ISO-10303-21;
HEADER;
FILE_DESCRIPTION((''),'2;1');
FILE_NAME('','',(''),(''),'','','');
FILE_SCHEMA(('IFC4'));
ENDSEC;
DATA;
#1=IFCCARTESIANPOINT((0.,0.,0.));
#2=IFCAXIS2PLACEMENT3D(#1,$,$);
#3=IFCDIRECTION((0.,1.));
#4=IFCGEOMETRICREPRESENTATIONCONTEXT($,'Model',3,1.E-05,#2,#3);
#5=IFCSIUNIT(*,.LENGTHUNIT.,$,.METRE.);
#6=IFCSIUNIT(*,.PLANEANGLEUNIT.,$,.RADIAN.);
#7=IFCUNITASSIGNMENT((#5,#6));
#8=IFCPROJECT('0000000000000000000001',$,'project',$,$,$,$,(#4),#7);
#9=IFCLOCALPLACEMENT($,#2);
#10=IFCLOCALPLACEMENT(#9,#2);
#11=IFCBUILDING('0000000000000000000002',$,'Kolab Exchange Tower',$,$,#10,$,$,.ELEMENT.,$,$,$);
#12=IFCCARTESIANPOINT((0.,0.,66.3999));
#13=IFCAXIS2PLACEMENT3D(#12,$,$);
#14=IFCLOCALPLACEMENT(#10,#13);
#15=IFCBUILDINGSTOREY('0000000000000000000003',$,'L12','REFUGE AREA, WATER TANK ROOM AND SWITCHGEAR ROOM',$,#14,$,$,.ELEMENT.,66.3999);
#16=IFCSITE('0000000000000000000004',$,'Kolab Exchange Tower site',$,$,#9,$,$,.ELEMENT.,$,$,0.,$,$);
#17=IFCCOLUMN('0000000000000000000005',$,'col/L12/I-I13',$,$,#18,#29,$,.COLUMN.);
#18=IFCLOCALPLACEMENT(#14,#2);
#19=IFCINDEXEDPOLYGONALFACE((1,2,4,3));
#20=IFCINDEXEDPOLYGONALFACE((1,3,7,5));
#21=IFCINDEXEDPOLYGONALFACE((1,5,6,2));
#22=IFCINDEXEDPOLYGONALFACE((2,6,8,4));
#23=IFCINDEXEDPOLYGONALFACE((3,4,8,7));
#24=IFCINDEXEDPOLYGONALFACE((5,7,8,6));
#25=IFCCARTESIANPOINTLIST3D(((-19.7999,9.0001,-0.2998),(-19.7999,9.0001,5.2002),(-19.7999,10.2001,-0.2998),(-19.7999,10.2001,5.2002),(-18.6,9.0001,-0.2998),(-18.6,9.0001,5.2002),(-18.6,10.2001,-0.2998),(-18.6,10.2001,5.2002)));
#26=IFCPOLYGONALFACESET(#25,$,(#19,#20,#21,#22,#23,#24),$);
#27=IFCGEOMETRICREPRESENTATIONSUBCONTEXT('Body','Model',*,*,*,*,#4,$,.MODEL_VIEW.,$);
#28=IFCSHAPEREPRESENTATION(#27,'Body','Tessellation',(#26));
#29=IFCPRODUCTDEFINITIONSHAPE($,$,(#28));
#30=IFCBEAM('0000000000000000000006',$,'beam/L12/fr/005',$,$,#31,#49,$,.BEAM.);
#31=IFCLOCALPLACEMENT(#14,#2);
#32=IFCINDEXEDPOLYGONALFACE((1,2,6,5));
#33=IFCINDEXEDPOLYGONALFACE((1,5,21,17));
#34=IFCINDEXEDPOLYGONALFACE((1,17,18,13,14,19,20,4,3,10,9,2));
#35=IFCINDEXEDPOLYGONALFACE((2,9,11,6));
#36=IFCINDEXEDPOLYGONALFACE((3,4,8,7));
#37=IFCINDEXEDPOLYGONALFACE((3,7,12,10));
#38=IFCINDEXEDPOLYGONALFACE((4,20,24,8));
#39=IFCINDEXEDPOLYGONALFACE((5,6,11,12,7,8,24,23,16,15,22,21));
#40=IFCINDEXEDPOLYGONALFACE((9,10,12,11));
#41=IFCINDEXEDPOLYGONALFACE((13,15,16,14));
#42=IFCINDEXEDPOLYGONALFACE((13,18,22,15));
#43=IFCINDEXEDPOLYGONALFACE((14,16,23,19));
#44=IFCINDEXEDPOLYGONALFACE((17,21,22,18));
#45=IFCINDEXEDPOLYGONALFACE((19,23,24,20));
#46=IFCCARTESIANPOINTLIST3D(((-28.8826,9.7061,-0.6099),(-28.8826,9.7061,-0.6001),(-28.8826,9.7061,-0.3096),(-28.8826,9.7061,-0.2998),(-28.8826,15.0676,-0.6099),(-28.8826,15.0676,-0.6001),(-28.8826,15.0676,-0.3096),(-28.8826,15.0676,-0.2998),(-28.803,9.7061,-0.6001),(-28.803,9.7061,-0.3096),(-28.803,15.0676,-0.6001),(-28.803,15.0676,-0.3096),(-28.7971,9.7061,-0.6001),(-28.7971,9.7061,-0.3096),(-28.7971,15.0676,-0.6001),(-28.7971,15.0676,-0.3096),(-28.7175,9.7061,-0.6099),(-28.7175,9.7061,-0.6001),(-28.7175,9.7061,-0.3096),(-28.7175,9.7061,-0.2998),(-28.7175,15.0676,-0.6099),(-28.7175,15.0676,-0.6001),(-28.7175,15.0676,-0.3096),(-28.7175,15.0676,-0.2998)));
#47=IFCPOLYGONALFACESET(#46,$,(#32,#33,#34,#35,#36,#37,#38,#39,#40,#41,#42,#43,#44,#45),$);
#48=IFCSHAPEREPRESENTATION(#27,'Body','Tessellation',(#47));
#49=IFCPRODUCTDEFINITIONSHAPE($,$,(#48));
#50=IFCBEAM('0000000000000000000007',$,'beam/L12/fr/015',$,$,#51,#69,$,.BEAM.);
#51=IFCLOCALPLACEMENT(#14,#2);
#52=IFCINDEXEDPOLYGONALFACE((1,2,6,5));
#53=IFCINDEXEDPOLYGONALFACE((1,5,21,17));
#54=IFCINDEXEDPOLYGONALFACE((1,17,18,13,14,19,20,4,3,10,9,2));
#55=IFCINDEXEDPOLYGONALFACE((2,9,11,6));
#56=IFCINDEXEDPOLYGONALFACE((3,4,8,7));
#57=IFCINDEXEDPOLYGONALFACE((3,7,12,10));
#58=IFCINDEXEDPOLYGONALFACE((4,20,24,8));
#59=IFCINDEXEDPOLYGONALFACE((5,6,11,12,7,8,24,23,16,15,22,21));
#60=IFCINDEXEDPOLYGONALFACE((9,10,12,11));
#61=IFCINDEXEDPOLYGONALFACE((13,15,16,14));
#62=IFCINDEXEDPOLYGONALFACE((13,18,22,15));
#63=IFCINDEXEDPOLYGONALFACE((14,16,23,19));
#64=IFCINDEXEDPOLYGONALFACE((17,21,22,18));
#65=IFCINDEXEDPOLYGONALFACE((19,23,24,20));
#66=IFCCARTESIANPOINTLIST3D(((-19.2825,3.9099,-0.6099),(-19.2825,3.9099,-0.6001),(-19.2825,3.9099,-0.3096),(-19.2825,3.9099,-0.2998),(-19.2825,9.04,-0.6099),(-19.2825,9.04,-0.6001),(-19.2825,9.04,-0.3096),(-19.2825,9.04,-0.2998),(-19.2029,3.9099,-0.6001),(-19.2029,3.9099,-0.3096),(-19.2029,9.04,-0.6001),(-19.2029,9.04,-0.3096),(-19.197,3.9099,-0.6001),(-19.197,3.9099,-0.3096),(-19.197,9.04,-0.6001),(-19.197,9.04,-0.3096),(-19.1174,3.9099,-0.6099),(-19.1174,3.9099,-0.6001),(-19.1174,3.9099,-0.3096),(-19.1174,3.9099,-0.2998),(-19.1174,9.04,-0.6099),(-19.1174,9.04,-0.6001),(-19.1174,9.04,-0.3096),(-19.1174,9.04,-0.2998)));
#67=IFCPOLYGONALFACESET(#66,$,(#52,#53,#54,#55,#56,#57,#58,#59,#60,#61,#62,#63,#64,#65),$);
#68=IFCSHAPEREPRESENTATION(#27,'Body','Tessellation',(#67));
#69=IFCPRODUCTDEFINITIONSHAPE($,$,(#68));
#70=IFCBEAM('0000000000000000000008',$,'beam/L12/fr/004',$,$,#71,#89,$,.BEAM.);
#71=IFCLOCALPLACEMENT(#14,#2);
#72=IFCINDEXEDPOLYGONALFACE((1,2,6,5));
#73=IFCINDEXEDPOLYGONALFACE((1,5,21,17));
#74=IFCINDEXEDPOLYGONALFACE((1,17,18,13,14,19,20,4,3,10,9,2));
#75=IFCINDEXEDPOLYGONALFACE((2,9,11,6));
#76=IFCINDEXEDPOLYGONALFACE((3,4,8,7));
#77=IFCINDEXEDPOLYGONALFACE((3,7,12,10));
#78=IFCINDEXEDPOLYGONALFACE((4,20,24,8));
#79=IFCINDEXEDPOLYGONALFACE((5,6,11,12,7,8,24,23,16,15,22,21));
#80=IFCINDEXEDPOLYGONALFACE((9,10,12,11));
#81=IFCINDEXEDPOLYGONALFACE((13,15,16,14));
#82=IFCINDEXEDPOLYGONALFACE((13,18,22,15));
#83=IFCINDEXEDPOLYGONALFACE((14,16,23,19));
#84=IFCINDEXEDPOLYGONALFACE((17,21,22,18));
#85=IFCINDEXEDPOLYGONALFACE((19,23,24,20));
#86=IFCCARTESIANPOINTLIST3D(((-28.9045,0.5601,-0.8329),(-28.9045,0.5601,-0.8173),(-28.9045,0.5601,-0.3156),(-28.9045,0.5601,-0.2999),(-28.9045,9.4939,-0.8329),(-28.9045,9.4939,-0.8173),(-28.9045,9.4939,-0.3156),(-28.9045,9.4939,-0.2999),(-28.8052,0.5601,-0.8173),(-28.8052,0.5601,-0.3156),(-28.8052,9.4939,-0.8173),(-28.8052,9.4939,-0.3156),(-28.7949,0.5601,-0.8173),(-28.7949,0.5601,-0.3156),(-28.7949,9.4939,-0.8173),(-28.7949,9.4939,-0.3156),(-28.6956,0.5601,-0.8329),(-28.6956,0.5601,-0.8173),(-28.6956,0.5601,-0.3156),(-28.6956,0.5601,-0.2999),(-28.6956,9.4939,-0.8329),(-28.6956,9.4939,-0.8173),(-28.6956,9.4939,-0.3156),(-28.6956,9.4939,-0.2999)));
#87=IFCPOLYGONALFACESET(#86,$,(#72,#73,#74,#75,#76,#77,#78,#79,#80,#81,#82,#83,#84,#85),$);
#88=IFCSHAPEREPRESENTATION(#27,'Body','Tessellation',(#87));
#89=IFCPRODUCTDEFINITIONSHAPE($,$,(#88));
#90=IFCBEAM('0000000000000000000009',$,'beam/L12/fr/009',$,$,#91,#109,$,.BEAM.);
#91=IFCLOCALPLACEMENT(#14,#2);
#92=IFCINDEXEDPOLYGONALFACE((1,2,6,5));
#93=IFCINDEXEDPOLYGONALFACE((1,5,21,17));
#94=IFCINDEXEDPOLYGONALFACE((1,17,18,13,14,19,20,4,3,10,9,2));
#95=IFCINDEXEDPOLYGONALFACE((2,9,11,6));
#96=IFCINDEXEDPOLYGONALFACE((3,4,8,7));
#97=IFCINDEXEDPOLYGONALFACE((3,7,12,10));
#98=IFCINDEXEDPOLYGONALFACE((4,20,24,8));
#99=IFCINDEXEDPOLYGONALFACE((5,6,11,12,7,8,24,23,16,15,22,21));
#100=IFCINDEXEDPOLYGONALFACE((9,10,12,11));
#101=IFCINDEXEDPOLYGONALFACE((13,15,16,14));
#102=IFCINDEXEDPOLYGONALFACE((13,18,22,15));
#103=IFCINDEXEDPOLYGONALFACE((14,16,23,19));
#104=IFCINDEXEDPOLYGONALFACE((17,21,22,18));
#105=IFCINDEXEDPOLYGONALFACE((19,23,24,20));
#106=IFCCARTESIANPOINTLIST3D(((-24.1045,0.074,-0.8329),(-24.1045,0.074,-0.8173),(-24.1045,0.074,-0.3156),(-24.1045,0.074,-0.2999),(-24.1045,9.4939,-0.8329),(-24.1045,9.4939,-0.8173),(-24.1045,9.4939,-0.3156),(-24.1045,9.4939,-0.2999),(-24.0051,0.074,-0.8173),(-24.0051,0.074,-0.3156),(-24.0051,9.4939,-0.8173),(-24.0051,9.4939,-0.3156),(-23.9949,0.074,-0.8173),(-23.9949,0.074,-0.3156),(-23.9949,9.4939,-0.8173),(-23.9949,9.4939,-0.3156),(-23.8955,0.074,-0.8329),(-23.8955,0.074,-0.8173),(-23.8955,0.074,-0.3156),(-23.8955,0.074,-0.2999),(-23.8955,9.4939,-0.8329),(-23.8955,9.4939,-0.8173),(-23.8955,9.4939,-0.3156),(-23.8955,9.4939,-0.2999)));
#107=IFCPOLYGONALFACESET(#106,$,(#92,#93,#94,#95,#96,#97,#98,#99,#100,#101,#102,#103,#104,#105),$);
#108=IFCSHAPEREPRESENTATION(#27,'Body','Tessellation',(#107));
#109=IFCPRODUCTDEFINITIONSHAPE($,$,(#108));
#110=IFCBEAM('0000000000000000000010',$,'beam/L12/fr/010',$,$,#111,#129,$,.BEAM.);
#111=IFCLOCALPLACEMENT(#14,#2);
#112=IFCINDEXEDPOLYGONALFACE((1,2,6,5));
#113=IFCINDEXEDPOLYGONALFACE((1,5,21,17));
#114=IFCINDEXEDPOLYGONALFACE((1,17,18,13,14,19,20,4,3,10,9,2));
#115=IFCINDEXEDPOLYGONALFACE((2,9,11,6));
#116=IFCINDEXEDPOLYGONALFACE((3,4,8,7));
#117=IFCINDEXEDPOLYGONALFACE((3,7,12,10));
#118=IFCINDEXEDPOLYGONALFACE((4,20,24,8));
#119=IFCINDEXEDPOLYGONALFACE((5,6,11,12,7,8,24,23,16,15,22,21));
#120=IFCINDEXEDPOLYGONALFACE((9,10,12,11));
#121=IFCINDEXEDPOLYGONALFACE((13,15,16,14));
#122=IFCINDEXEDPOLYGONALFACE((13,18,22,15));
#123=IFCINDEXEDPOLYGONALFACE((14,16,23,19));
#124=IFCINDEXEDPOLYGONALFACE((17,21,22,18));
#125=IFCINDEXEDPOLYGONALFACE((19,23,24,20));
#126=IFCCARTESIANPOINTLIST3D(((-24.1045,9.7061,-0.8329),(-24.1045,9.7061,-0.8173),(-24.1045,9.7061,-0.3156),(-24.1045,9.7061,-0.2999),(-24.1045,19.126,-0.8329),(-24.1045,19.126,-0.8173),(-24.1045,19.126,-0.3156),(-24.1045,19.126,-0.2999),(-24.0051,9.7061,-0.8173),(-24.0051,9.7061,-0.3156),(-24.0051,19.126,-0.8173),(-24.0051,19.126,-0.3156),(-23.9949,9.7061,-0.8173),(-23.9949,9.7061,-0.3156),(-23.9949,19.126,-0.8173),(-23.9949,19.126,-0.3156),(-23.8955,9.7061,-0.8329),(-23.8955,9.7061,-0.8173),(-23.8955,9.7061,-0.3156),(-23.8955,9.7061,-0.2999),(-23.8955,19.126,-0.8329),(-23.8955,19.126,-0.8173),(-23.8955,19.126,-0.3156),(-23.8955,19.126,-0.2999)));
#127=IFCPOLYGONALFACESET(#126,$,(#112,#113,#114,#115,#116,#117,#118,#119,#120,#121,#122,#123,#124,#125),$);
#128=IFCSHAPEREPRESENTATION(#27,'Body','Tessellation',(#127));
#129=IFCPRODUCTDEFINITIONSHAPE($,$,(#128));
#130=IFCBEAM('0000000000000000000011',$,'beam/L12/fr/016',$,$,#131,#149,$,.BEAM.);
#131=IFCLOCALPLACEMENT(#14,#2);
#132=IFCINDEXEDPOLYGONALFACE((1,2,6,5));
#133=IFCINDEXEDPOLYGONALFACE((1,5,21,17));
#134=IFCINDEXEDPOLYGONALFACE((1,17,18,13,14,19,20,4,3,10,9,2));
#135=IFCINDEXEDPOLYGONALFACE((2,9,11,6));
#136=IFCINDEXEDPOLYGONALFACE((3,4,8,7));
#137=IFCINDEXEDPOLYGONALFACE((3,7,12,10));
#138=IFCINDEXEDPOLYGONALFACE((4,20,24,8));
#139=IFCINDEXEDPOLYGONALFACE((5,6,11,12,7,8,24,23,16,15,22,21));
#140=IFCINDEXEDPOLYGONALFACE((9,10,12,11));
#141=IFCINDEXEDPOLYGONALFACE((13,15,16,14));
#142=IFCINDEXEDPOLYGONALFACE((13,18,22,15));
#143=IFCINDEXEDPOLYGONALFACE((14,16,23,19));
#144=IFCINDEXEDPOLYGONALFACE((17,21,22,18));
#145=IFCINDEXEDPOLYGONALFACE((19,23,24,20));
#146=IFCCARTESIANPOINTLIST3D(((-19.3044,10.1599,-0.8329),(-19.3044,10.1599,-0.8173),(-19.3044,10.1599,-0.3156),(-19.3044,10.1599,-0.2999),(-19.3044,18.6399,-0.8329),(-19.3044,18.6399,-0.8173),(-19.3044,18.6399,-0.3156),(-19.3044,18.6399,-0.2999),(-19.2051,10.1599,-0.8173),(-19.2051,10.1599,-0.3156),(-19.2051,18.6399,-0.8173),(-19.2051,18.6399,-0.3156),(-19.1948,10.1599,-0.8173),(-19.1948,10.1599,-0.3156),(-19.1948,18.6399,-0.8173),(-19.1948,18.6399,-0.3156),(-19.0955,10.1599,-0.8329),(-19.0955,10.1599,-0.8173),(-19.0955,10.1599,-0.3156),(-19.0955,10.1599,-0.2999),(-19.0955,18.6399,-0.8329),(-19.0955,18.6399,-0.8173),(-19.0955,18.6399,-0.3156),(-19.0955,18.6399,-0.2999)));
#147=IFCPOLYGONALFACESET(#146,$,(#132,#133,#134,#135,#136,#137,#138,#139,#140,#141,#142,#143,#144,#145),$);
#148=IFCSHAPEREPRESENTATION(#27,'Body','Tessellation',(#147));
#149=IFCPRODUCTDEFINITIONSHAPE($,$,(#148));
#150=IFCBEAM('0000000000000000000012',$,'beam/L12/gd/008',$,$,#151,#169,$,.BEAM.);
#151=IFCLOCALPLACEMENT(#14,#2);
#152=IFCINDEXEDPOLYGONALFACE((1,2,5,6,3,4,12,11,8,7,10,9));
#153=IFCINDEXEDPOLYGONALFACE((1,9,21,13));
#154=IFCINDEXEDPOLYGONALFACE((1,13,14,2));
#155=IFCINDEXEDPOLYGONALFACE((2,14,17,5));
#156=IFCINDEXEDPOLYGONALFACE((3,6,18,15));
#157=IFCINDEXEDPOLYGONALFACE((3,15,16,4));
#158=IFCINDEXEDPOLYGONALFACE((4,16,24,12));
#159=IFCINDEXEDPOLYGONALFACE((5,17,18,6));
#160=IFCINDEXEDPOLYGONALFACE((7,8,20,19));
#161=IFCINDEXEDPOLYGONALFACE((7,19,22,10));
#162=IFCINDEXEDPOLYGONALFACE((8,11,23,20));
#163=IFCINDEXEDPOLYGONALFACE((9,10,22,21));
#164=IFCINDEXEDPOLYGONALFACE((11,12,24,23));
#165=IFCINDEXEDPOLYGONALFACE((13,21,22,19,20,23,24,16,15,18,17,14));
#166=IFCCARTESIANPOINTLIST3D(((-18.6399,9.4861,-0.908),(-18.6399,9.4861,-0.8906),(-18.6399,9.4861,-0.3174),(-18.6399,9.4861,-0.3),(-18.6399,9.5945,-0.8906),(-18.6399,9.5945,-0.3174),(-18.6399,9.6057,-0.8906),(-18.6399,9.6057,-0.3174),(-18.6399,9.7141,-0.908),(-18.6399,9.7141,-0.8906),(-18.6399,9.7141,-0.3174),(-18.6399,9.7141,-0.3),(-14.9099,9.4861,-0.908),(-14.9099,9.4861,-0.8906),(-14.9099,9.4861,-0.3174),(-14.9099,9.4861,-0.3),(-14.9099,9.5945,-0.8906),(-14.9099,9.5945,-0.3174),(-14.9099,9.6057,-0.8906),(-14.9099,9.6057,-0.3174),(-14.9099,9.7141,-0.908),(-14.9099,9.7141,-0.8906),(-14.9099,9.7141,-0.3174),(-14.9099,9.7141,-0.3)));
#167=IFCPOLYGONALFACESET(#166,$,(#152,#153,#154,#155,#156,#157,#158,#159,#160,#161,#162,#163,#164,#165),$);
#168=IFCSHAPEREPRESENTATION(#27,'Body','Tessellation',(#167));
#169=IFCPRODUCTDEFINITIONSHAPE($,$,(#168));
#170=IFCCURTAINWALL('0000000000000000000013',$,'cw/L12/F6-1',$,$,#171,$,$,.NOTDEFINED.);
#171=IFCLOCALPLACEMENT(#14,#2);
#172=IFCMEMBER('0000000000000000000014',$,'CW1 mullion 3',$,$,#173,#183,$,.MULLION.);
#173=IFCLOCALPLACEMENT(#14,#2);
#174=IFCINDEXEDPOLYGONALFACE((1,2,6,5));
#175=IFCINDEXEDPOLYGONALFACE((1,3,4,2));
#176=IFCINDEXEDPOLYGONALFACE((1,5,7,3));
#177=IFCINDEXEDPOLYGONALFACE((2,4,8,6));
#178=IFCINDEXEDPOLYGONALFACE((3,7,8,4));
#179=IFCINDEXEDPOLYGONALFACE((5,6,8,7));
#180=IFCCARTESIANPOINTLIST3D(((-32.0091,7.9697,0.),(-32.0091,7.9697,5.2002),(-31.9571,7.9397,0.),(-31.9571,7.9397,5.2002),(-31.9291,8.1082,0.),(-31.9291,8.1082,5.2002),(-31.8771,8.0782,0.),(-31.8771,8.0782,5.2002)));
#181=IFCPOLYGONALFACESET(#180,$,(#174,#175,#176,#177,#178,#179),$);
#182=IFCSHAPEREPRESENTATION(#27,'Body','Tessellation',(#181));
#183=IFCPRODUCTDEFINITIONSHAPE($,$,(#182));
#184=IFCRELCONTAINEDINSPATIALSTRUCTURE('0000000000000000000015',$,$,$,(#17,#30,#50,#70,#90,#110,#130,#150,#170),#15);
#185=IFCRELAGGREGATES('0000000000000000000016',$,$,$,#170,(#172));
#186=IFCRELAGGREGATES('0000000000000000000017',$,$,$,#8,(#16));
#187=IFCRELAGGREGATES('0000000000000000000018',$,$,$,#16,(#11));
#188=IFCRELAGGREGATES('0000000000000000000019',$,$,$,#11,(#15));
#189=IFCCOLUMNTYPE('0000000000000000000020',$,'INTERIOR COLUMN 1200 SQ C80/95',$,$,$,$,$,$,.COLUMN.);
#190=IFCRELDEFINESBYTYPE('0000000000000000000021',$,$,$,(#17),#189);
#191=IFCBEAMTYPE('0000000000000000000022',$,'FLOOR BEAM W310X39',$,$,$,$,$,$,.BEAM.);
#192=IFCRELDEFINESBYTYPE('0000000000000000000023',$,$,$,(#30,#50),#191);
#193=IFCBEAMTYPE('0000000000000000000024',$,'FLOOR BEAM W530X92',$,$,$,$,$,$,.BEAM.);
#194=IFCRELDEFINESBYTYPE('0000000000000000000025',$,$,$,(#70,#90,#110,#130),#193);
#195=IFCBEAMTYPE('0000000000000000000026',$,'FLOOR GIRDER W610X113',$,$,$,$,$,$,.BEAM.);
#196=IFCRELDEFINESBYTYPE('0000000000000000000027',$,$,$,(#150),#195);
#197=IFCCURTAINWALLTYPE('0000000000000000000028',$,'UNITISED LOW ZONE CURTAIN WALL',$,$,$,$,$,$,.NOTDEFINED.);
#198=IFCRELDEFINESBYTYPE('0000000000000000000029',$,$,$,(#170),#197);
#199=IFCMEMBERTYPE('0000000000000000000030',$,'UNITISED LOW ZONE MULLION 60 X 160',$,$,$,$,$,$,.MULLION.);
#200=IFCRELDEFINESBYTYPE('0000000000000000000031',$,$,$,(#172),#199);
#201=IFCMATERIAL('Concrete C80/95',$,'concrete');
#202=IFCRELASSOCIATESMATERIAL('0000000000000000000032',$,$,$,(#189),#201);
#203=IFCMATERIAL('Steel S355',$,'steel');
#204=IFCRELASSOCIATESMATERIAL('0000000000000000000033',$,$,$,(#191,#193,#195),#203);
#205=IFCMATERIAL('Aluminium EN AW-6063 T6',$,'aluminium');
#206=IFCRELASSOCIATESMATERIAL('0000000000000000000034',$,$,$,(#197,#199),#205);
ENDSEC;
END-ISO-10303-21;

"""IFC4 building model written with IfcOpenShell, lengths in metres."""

from ifc_helpers import new_model, si_unit, direction, frame, origin, origin_2d, place, context, subcontext, project, spatial, rectangle, i_section, extrude, material, material_profile, profile_set, type_object, element, aggregate, save


model = new_model("IFC4")

# Units and contexts
model_context = context("Model", 3, precision=1e-05, world=origin(), true_north=direction((0.0, 1.0)))
body_context = subcontext(model_context, "Body", "Model", "MODEL_VIEW")
ifc_project = project(units=[si_unit("LENGTHUNIT", "METRE"), si_unit("PLANEANGLEUNIT", "RADIAN")], contexts=[model_context])

# Site, building, storey
site_placement = place(None, origin())
site = spatial("IfcSite", under=ifc_project, at=site_placement, Name="Kolab Exchange Tower site", CompositionType="ELEMENT", RefElevation=0.0)
building_placement = place(site_placement, origin())
building = spatial("IfcBuilding", under=site, at=building_placement, Name="Kolab Exchange Tower", CompositionType="ELEMENT")
storey_placement = place(building_placement, frame((0.0, 0.0, 66.3999)))
storey = spatial("IfcBuildingStorey", under=building, at=storey_placement, Name="L12", Description="REFUGE AREA, WATER TANK ROOM AND SWITCHGEAR ROOM", CompositionType="ELEMENT", Elevation=66.3999)

# Column
ifc_material_1 = material(Name="Concrete C80/95", Category="concrete")
ifc_material_profile_1 = material_profile(ifc_material_1, rectangle(XDim=1.2, YDim=1.2, at=origin_2d()), Name="RC1200")
ifc_profile_set_1 = profile_set([ifc_material_profile_1], Name="Concrete C80/95")
column_type = type_object("IfcColumnType", Name="INTERIOR COLUMN 1200 SQ C80/95", PredefinedType="COLUMN", material=ifc_profile_set_1)
column_placement = place(storey_placement, frame((-19.2, 9.6001, -0.2998), z_axis=(0.0, 0.0, 1.0), x_axis=(1.0, 0.0, 0.0)))
element("IfcColumn", 1, at=column_placement, inside=storey, type_object=column_type, Name="col/L12/I-I13", PredefinedType="COLUMN", context=body_context, shape_type="SweptSolid", body=[
    extrude(rectangle(XDim=1.2, YDim=1.2, at=origin_2d()), origin(), (0.0, 0.0, 1.0), 5.5),
])

# Beams
ifc_material_2 = material(Name="Steel S355", Category="steel")
ifc_material_profile_2 = material_profile(ifc_material_2, i_section(OverallWidth=0.165, OverallDepth=0.3101, WebThickness=0.0059, FlangeThickness=0.0098, at=origin_2d()), Name="W310X39")
ifc_profile_set_2 = profile_set([ifc_material_profile_2], Name="Steel S355")
beam_type_1 = type_object("IfcBeamType", Name="FLOOR BEAM W310X39", PredefinedType="BEAM", material=ifc_profile_set_2)
beam_1_placement = place(storey_placement, frame((-28.8, 9.7061, -0.4548), z_axis=(0.0, 1.0, 0.0), x_axis=(-1.0, 0.0, 0.0)))
element("IfcBeam", 2, at=beam_1_placement, inside=storey, type_object=beam_type_1, Name="beam/L12/fr/005", PredefinedType="BEAM", context=body_context, shape_type="SweptSolid", body=[
    extrude(i_section(OverallWidth=0.165, OverallDepth=0.3101, WebThickness=0.0059, FlangeThickness=0.0098, at=origin_2d()), origin(), (0.0, 0.0, 1.0), 5.3616),
])
beam_2_placement = place(storey_placement, frame((-19.2, 3.9099, -0.4548), z_axis=(0.0, 1.0, 0.0), x_axis=(-1.0, 0.0, 0.0)))
element("IfcBeam", 3, at=beam_2_placement, inside=storey, type_object=beam_type_1, Name="beam/L12/fr/015", PredefinedType="BEAM", context=body_context, shape_type="SweptSolid", body=[
    extrude(i_section(OverallWidth=0.165, OverallDepth=0.3101, WebThickness=0.0059, FlangeThickness=0.0098, at=origin_2d()), origin(), (0.0, 0.0, 1.0), 5.1301),
])
ifc_material_profile_3 = material_profile(ifc_material_2, i_section(OverallWidth=0.209, OverallDepth=0.533, WebThickness=0.0103, FlangeThickness=0.0156, at=origin_2d()), Name="W530X92")
ifc_profile_set_3 = profile_set([ifc_material_profile_3], Name="Steel S355")
beam_type_2 = type_object("IfcBeamType", Name="FLOOR BEAM W530X92", PredefinedType="BEAM", material=ifc_profile_set_3)
beam_3_placement = place(storey_placement, frame((-28.8, 0.5601, -0.5664), z_axis=(0.0, 1.0, 0.0), x_axis=(-1.0, 0.0, 0.0)))
element("IfcBeam", 4, at=beam_3_placement, inside=storey, type_object=beam_type_2, Name="beam/L12/fr/004", PredefinedType="BEAM", context=body_context, shape_type="SweptSolid", body=[
    extrude(i_section(OverallWidth=0.209, OverallDepth=0.533, WebThickness=0.0103, FlangeThickness=0.0156, at=origin_2d()), origin(), (0.0, 0.0, 1.0), 8.9338),
])
for number, where, z_axis, x_axis, name in (
    (5, (-24.0, 0.074, -0.5664), (0.0, 1.0, 0.0), (-1.0, 0.0, 0.0), "beam/L12/fr/009"),
    (6, (-24.0, 9.7061, -0.5664), (0.0, 1.0, 0.0), (-1.0, 0.0, 0.0), "beam/L12/fr/010"),
):
    element("IfcBeam", number, at=place(storey_placement, frame(where, z_axis=z_axis, x_axis=x_axis)), inside=storey, type_object=beam_type_2, Name=name, PredefinedType="BEAM", context=body_context, shape_type="SweptSolid", body=[
        extrude(i_section(OverallWidth=0.209, OverallDepth=0.533, WebThickness=0.0103, FlangeThickness=0.0156, at=origin_2d()), origin(), (0.0, 0.0, 1.0), 9.4199),
    ])
beam_4_placement = place(storey_placement, frame((-19.2, 10.1599, -0.5664), z_axis=(0.0, 1.0, 0.0), x_axis=(-1.0, 0.0, 0.0)))
element("IfcBeam", 7, at=beam_4_placement, inside=storey, type_object=beam_type_2, Name="beam/L12/fr/016", PredefinedType="BEAM", context=body_context, shape_type="SweptSolid", body=[
    extrude(i_section(OverallWidth=0.209, OverallDepth=0.533, WebThickness=0.0103, FlangeThickness=0.0156, at=origin_2d()), origin(), (0.0, 0.0, 1.0), 8.48),
])
ifc_material_profile_4 = material_profile(ifc_material_2, i_section(OverallWidth=0.228, OverallDepth=0.6079, WebThickness=0.0112, FlangeThickness=0.0173, at=origin_2d()), Name="W610X113")
ifc_profile_set_4 = profile_set([ifc_material_profile_4], Name="Steel S355")
beam_type_3 = type_object("IfcBeamType", Name="FLOOR GIRDER W610X113", PredefinedType="BEAM", material=ifc_profile_set_4)
beam_5_placement = place(storey_placement, frame((-18.6399, 9.6001, -0.604), z_axis=(1.0, 0.0, 0.0), x_axis=(0.0, 1.0, 0.0)))
element("IfcBeam", 8, at=beam_5_placement, inside=storey, type_object=beam_type_3, Name="beam/L12/gd/008", PredefinedType="BEAM", context=body_context, shape_type="SweptSolid", body=[
    extrude(i_section(OverallWidth=0.228, OverallDepth=0.6079, WebThickness=0.0112, FlangeThickness=0.0173, at=origin_2d()), origin(), (0.0, 0.0, 1.0), 3.73),
])

# Curtain wall, member
ifc_material_3 = material(Name="Aluminium EN AW-6063 T6", Category="aluminium")
curtain_wall_type = type_object("IfcCurtainWallType", Name="UNITISED LOW ZONE CURTAIN WALL", PredefinedType="NOTDEFINED", material=ifc_material_3)
curtain_wall_placement = place(storey_placement, origin())
curtain_wall = element("IfcCurtainWall", 9, at=curtain_wall_placement, inside=storey, type_object=curtain_wall_type, Name="cw/L12/F6-1", PredefinedType="NOTDEFINED")
ifc_material_profile_5 = material_profile(ifc_material_3, rectangle(XDim=0.0601, YDim=0.1599, at=origin_2d()), Name="RECT 60X160")
ifc_profile_set_5 = profile_set([ifc_material_profile_5], Name="Aluminium EN AW-6063 T6")
member_type_1 = type_object("IfcMemberType", Name="UNITISED LOW ZONE MULLION 60 X 160", PredefinedType="MULLION", material=ifc_profile_set_5)
member_1_placement = place(storey_placement, frame((-31.9431, 8.0239, 0.0), z_axis=(0.0, 0.0, 1.0), x_axis=(-0.866025, 0.5, 0.0)))
member_1 = element("IfcMember", 10, at=member_1_placement, type_object=member_type_1, Name="CW1 mullion 3", PredefinedType="MULLION", context=body_context, shape_type="SweptSolid", body=[
    extrude(rectangle(XDim=0.0601, YDim=0.1599, at=origin_2d()), origin(), (0.0, 0.0, 1.0), 5.2002),
])
aggregate(curtain_wall, [member_1])

save(model, "model.ifc")
